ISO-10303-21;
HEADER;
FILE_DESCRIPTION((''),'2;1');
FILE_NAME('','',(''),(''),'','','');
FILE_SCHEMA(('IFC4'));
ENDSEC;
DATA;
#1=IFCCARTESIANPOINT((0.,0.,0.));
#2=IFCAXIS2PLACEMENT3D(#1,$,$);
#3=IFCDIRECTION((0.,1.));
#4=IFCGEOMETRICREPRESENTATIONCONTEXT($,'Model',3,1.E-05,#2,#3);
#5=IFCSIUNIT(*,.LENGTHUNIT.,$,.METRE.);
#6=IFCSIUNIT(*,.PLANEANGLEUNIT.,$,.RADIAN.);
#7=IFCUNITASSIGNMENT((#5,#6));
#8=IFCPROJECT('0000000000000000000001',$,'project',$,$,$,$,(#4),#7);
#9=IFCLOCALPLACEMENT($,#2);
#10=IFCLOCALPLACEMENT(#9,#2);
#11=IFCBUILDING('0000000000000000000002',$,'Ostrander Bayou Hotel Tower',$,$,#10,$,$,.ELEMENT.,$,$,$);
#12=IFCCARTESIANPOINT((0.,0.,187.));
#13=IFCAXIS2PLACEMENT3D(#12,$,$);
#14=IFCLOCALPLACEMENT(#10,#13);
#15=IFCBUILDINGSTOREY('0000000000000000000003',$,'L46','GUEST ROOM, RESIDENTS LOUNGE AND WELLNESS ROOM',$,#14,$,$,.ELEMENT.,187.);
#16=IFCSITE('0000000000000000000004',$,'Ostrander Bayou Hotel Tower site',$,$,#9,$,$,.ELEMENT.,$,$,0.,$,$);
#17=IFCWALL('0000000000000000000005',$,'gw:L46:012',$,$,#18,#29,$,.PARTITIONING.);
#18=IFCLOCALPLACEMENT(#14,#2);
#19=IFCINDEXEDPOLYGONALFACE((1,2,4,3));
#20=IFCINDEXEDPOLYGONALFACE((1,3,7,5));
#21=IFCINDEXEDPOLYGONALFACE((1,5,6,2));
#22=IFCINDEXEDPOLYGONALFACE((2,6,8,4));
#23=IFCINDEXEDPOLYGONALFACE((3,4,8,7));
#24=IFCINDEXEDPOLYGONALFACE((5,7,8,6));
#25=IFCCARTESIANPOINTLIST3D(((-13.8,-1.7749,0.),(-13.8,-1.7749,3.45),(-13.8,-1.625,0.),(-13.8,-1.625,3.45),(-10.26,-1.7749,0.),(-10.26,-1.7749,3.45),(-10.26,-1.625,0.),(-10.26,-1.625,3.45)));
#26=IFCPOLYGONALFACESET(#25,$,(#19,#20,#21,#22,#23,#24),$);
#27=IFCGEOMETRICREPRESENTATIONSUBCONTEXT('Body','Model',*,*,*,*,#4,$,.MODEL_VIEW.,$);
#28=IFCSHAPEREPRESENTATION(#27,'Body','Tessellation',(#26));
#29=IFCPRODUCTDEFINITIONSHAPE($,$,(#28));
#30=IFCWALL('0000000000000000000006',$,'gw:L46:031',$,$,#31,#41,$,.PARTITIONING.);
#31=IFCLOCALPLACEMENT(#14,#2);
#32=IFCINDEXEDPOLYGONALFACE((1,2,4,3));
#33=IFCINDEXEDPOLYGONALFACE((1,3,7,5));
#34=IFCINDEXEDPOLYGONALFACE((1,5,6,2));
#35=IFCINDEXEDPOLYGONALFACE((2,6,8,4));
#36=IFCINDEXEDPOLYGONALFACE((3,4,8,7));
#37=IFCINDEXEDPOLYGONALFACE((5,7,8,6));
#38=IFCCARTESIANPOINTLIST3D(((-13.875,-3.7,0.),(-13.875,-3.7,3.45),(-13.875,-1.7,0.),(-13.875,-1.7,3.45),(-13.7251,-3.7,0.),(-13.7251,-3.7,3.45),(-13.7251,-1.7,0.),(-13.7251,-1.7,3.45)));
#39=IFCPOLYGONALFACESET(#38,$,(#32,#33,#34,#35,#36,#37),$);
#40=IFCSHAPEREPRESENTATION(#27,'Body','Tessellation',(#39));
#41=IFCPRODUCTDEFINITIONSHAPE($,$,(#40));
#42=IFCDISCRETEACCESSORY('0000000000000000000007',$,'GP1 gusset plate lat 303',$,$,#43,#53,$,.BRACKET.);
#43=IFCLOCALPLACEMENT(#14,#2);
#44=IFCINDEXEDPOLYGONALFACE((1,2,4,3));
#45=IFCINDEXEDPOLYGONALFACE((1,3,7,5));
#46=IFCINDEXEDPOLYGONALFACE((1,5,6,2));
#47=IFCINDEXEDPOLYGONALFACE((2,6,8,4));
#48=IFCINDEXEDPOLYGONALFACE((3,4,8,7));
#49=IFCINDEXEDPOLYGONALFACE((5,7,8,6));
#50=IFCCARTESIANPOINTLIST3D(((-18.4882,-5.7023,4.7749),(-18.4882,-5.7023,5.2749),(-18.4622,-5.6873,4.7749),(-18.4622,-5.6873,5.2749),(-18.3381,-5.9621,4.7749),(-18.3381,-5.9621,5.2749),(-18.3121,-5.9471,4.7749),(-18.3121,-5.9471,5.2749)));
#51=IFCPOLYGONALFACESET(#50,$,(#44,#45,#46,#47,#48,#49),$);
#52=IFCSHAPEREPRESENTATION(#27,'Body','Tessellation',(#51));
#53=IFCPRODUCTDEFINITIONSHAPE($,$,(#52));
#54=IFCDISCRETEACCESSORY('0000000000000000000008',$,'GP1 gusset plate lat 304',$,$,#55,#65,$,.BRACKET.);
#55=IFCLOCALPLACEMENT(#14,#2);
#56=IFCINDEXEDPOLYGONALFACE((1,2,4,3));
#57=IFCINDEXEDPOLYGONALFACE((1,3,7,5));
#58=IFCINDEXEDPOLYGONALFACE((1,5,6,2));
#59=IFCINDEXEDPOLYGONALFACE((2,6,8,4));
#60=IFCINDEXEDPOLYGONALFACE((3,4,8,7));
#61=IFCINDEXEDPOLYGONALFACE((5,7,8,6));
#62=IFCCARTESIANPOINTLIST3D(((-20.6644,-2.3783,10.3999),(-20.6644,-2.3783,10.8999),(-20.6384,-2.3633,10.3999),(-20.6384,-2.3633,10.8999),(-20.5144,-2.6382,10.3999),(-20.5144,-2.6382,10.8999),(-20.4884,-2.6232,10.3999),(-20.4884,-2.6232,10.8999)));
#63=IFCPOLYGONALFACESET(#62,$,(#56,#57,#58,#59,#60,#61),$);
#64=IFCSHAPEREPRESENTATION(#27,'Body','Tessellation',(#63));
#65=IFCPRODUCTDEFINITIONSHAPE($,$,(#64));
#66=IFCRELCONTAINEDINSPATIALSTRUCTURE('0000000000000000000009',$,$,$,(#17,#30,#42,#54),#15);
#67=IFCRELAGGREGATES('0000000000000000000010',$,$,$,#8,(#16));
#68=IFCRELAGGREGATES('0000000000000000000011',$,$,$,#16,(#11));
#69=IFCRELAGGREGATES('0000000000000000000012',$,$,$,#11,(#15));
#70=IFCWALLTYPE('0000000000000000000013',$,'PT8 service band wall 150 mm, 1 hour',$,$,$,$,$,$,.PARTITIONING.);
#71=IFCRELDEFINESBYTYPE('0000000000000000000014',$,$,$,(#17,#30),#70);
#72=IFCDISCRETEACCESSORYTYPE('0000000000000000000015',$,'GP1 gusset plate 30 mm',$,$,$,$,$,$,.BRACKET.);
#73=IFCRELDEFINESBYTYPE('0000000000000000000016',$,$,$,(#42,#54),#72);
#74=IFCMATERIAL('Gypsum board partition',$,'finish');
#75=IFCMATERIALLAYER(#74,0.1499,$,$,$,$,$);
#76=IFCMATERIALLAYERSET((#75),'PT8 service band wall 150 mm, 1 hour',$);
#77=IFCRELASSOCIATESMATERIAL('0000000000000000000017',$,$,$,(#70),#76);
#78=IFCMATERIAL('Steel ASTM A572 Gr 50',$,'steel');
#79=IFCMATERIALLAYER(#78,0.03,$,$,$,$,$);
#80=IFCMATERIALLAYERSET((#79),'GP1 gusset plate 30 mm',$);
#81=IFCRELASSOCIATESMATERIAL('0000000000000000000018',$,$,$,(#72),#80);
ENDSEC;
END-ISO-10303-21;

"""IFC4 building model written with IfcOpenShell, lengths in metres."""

from ifc_helpers import new_model, si_unit, direction, frame, frame_2d, origin, origin_2d, place, context, subcontext, project, spatial, rectangle, extrude, material, layer, layer_set, type_object, element, save


model = new_model("IFC4")

# Units and contexts
model_context = context("Model", 3, precision=1e-05, world=origin(), true_north=direction((0.0, 1.0)))
body_context = subcontext(model_context, "Body", "Model", "MODEL_VIEW")
ifc_project = project(units=[si_unit("LENGTHUNIT", "METRE"), si_unit("PLANEANGLEUNIT", "RADIAN")], contexts=[model_context])

# Site, building, storey
site_placement = place(None, origin())
site = spatial("IfcSite", under=ifc_project, at=site_placement, Name="Ostrander Bayou Hotel Tower site", CompositionType="ELEMENT", RefElevation=0.0)
building_placement = place(site_placement, origin())
building = spatial("IfcBuilding", under=site, at=building_placement, Name="Ostrander Bayou Hotel Tower", CompositionType="ELEMENT")
storey_placement = place(building_placement, frame((0.0, 0.0, 187.0)))
storey = spatial("IfcBuildingStorey", under=building, at=storey_placement, Name="L46", Description="GUEST ROOM, RESIDENTS LOUNGE AND WELLNESS ROOM", CompositionType="ELEMENT", Elevation=187.0)

# Shared definitions
ifc_material_1 = material(Name="Gypsum board partition", Category="finish")
ifc_layer_1 = layer(ifc_material_1, 0.1499)
ifc_layer_set_1 = layer_set([ifc_layer_1], Name="PT8 service band wall 150 mm, 1 hour")
wall_type_1 = type_object("IfcWallType", Name="PT8 service band wall 150 mm, 1 hour", PredefinedType="PARTITIONING", material=ifc_layer_set_1)

# Walls
wall_1_placement = place(storey_placement, frame((-13.8, -1.7, 0.0), z_axis=(0.0, 0.0, 1.0), x_axis=(1.0, 0.0, 0.0)))
element("IfcWall", 1, at=wall_1_placement, inside=storey, type_object=wall_type_1, Name="gw:L46:012", PredefinedType="PARTITIONING", context=body_context, shape_type="SweptSolid", body=[
    extrude(rectangle(XDim=3.54, YDim=0.1499, at=frame_2d((1.77, 0.0))), origin(), (0.0, 0.0, 1.0), 3.45),
])
wall_2_placement = place(storey_placement, frame((-13.8, -3.7, 0.0), z_axis=(0.0, 0.0, 1.0), x_axis=(0.0, 1.0, 0.0)))
element("IfcWall", 2, at=wall_2_placement, inside=storey, type_object=wall_type_1, Name="gw:L46:031", PredefinedType="PARTITIONING", context=body_context, shape_type="SweptSolid", body=[
    extrude(rectangle(XDim=2.0, YDim=0.1499, at=frame_2d((1.0, 0.0))), origin(), (0.0, 0.0, 1.0), 3.45),
])

# Discrete accessories
ifc_material_2 = material(Name="Steel ASTM A572 Gr 50", Category="steel")
ifc_layer_2 = layer(ifc_material_2, 0.03)
ifc_layer_set_2 = layer_set([ifc_layer_2], Name="GP1 gusset plate 30 mm")
discrete_accessory_type = type_object("IfcDiscreteAccessoryType", Name="GP1 gusset plate 30 mm", PredefinedType="BRACKET", material=ifc_layer_set_2)
for number, where, z_axis, x_axis, name in (
    (3, (-18.4001, -5.8247, 4.7749), (0.0, 0.0, 1.0), (0.5, -0.866025, 0.0), "GP1 gusset plate lat 303"),
    (4, (-20.5764, -2.5007, 10.3999), (0.0, 0.0, 1.0), (0.5, -0.866025, 0.0), "GP1 gusset plate lat 304"),
):
    element("IfcDiscreteAccessory", number, at=place(storey_placement, frame(where, z_axis=z_axis, x_axis=x_axis)), inside=storey, type_object=discrete_accessory_type, Name=name, PredefinedType="BRACKET", context=body_context, shape_type="SweptSolid", body=[
        extrude(rectangle(XDim=0.3, YDim=0.03, at=origin_2d()), origin(), (0.0, 0.0, 1.0), 0.5),
    ])

save(model, "model.ifc")
